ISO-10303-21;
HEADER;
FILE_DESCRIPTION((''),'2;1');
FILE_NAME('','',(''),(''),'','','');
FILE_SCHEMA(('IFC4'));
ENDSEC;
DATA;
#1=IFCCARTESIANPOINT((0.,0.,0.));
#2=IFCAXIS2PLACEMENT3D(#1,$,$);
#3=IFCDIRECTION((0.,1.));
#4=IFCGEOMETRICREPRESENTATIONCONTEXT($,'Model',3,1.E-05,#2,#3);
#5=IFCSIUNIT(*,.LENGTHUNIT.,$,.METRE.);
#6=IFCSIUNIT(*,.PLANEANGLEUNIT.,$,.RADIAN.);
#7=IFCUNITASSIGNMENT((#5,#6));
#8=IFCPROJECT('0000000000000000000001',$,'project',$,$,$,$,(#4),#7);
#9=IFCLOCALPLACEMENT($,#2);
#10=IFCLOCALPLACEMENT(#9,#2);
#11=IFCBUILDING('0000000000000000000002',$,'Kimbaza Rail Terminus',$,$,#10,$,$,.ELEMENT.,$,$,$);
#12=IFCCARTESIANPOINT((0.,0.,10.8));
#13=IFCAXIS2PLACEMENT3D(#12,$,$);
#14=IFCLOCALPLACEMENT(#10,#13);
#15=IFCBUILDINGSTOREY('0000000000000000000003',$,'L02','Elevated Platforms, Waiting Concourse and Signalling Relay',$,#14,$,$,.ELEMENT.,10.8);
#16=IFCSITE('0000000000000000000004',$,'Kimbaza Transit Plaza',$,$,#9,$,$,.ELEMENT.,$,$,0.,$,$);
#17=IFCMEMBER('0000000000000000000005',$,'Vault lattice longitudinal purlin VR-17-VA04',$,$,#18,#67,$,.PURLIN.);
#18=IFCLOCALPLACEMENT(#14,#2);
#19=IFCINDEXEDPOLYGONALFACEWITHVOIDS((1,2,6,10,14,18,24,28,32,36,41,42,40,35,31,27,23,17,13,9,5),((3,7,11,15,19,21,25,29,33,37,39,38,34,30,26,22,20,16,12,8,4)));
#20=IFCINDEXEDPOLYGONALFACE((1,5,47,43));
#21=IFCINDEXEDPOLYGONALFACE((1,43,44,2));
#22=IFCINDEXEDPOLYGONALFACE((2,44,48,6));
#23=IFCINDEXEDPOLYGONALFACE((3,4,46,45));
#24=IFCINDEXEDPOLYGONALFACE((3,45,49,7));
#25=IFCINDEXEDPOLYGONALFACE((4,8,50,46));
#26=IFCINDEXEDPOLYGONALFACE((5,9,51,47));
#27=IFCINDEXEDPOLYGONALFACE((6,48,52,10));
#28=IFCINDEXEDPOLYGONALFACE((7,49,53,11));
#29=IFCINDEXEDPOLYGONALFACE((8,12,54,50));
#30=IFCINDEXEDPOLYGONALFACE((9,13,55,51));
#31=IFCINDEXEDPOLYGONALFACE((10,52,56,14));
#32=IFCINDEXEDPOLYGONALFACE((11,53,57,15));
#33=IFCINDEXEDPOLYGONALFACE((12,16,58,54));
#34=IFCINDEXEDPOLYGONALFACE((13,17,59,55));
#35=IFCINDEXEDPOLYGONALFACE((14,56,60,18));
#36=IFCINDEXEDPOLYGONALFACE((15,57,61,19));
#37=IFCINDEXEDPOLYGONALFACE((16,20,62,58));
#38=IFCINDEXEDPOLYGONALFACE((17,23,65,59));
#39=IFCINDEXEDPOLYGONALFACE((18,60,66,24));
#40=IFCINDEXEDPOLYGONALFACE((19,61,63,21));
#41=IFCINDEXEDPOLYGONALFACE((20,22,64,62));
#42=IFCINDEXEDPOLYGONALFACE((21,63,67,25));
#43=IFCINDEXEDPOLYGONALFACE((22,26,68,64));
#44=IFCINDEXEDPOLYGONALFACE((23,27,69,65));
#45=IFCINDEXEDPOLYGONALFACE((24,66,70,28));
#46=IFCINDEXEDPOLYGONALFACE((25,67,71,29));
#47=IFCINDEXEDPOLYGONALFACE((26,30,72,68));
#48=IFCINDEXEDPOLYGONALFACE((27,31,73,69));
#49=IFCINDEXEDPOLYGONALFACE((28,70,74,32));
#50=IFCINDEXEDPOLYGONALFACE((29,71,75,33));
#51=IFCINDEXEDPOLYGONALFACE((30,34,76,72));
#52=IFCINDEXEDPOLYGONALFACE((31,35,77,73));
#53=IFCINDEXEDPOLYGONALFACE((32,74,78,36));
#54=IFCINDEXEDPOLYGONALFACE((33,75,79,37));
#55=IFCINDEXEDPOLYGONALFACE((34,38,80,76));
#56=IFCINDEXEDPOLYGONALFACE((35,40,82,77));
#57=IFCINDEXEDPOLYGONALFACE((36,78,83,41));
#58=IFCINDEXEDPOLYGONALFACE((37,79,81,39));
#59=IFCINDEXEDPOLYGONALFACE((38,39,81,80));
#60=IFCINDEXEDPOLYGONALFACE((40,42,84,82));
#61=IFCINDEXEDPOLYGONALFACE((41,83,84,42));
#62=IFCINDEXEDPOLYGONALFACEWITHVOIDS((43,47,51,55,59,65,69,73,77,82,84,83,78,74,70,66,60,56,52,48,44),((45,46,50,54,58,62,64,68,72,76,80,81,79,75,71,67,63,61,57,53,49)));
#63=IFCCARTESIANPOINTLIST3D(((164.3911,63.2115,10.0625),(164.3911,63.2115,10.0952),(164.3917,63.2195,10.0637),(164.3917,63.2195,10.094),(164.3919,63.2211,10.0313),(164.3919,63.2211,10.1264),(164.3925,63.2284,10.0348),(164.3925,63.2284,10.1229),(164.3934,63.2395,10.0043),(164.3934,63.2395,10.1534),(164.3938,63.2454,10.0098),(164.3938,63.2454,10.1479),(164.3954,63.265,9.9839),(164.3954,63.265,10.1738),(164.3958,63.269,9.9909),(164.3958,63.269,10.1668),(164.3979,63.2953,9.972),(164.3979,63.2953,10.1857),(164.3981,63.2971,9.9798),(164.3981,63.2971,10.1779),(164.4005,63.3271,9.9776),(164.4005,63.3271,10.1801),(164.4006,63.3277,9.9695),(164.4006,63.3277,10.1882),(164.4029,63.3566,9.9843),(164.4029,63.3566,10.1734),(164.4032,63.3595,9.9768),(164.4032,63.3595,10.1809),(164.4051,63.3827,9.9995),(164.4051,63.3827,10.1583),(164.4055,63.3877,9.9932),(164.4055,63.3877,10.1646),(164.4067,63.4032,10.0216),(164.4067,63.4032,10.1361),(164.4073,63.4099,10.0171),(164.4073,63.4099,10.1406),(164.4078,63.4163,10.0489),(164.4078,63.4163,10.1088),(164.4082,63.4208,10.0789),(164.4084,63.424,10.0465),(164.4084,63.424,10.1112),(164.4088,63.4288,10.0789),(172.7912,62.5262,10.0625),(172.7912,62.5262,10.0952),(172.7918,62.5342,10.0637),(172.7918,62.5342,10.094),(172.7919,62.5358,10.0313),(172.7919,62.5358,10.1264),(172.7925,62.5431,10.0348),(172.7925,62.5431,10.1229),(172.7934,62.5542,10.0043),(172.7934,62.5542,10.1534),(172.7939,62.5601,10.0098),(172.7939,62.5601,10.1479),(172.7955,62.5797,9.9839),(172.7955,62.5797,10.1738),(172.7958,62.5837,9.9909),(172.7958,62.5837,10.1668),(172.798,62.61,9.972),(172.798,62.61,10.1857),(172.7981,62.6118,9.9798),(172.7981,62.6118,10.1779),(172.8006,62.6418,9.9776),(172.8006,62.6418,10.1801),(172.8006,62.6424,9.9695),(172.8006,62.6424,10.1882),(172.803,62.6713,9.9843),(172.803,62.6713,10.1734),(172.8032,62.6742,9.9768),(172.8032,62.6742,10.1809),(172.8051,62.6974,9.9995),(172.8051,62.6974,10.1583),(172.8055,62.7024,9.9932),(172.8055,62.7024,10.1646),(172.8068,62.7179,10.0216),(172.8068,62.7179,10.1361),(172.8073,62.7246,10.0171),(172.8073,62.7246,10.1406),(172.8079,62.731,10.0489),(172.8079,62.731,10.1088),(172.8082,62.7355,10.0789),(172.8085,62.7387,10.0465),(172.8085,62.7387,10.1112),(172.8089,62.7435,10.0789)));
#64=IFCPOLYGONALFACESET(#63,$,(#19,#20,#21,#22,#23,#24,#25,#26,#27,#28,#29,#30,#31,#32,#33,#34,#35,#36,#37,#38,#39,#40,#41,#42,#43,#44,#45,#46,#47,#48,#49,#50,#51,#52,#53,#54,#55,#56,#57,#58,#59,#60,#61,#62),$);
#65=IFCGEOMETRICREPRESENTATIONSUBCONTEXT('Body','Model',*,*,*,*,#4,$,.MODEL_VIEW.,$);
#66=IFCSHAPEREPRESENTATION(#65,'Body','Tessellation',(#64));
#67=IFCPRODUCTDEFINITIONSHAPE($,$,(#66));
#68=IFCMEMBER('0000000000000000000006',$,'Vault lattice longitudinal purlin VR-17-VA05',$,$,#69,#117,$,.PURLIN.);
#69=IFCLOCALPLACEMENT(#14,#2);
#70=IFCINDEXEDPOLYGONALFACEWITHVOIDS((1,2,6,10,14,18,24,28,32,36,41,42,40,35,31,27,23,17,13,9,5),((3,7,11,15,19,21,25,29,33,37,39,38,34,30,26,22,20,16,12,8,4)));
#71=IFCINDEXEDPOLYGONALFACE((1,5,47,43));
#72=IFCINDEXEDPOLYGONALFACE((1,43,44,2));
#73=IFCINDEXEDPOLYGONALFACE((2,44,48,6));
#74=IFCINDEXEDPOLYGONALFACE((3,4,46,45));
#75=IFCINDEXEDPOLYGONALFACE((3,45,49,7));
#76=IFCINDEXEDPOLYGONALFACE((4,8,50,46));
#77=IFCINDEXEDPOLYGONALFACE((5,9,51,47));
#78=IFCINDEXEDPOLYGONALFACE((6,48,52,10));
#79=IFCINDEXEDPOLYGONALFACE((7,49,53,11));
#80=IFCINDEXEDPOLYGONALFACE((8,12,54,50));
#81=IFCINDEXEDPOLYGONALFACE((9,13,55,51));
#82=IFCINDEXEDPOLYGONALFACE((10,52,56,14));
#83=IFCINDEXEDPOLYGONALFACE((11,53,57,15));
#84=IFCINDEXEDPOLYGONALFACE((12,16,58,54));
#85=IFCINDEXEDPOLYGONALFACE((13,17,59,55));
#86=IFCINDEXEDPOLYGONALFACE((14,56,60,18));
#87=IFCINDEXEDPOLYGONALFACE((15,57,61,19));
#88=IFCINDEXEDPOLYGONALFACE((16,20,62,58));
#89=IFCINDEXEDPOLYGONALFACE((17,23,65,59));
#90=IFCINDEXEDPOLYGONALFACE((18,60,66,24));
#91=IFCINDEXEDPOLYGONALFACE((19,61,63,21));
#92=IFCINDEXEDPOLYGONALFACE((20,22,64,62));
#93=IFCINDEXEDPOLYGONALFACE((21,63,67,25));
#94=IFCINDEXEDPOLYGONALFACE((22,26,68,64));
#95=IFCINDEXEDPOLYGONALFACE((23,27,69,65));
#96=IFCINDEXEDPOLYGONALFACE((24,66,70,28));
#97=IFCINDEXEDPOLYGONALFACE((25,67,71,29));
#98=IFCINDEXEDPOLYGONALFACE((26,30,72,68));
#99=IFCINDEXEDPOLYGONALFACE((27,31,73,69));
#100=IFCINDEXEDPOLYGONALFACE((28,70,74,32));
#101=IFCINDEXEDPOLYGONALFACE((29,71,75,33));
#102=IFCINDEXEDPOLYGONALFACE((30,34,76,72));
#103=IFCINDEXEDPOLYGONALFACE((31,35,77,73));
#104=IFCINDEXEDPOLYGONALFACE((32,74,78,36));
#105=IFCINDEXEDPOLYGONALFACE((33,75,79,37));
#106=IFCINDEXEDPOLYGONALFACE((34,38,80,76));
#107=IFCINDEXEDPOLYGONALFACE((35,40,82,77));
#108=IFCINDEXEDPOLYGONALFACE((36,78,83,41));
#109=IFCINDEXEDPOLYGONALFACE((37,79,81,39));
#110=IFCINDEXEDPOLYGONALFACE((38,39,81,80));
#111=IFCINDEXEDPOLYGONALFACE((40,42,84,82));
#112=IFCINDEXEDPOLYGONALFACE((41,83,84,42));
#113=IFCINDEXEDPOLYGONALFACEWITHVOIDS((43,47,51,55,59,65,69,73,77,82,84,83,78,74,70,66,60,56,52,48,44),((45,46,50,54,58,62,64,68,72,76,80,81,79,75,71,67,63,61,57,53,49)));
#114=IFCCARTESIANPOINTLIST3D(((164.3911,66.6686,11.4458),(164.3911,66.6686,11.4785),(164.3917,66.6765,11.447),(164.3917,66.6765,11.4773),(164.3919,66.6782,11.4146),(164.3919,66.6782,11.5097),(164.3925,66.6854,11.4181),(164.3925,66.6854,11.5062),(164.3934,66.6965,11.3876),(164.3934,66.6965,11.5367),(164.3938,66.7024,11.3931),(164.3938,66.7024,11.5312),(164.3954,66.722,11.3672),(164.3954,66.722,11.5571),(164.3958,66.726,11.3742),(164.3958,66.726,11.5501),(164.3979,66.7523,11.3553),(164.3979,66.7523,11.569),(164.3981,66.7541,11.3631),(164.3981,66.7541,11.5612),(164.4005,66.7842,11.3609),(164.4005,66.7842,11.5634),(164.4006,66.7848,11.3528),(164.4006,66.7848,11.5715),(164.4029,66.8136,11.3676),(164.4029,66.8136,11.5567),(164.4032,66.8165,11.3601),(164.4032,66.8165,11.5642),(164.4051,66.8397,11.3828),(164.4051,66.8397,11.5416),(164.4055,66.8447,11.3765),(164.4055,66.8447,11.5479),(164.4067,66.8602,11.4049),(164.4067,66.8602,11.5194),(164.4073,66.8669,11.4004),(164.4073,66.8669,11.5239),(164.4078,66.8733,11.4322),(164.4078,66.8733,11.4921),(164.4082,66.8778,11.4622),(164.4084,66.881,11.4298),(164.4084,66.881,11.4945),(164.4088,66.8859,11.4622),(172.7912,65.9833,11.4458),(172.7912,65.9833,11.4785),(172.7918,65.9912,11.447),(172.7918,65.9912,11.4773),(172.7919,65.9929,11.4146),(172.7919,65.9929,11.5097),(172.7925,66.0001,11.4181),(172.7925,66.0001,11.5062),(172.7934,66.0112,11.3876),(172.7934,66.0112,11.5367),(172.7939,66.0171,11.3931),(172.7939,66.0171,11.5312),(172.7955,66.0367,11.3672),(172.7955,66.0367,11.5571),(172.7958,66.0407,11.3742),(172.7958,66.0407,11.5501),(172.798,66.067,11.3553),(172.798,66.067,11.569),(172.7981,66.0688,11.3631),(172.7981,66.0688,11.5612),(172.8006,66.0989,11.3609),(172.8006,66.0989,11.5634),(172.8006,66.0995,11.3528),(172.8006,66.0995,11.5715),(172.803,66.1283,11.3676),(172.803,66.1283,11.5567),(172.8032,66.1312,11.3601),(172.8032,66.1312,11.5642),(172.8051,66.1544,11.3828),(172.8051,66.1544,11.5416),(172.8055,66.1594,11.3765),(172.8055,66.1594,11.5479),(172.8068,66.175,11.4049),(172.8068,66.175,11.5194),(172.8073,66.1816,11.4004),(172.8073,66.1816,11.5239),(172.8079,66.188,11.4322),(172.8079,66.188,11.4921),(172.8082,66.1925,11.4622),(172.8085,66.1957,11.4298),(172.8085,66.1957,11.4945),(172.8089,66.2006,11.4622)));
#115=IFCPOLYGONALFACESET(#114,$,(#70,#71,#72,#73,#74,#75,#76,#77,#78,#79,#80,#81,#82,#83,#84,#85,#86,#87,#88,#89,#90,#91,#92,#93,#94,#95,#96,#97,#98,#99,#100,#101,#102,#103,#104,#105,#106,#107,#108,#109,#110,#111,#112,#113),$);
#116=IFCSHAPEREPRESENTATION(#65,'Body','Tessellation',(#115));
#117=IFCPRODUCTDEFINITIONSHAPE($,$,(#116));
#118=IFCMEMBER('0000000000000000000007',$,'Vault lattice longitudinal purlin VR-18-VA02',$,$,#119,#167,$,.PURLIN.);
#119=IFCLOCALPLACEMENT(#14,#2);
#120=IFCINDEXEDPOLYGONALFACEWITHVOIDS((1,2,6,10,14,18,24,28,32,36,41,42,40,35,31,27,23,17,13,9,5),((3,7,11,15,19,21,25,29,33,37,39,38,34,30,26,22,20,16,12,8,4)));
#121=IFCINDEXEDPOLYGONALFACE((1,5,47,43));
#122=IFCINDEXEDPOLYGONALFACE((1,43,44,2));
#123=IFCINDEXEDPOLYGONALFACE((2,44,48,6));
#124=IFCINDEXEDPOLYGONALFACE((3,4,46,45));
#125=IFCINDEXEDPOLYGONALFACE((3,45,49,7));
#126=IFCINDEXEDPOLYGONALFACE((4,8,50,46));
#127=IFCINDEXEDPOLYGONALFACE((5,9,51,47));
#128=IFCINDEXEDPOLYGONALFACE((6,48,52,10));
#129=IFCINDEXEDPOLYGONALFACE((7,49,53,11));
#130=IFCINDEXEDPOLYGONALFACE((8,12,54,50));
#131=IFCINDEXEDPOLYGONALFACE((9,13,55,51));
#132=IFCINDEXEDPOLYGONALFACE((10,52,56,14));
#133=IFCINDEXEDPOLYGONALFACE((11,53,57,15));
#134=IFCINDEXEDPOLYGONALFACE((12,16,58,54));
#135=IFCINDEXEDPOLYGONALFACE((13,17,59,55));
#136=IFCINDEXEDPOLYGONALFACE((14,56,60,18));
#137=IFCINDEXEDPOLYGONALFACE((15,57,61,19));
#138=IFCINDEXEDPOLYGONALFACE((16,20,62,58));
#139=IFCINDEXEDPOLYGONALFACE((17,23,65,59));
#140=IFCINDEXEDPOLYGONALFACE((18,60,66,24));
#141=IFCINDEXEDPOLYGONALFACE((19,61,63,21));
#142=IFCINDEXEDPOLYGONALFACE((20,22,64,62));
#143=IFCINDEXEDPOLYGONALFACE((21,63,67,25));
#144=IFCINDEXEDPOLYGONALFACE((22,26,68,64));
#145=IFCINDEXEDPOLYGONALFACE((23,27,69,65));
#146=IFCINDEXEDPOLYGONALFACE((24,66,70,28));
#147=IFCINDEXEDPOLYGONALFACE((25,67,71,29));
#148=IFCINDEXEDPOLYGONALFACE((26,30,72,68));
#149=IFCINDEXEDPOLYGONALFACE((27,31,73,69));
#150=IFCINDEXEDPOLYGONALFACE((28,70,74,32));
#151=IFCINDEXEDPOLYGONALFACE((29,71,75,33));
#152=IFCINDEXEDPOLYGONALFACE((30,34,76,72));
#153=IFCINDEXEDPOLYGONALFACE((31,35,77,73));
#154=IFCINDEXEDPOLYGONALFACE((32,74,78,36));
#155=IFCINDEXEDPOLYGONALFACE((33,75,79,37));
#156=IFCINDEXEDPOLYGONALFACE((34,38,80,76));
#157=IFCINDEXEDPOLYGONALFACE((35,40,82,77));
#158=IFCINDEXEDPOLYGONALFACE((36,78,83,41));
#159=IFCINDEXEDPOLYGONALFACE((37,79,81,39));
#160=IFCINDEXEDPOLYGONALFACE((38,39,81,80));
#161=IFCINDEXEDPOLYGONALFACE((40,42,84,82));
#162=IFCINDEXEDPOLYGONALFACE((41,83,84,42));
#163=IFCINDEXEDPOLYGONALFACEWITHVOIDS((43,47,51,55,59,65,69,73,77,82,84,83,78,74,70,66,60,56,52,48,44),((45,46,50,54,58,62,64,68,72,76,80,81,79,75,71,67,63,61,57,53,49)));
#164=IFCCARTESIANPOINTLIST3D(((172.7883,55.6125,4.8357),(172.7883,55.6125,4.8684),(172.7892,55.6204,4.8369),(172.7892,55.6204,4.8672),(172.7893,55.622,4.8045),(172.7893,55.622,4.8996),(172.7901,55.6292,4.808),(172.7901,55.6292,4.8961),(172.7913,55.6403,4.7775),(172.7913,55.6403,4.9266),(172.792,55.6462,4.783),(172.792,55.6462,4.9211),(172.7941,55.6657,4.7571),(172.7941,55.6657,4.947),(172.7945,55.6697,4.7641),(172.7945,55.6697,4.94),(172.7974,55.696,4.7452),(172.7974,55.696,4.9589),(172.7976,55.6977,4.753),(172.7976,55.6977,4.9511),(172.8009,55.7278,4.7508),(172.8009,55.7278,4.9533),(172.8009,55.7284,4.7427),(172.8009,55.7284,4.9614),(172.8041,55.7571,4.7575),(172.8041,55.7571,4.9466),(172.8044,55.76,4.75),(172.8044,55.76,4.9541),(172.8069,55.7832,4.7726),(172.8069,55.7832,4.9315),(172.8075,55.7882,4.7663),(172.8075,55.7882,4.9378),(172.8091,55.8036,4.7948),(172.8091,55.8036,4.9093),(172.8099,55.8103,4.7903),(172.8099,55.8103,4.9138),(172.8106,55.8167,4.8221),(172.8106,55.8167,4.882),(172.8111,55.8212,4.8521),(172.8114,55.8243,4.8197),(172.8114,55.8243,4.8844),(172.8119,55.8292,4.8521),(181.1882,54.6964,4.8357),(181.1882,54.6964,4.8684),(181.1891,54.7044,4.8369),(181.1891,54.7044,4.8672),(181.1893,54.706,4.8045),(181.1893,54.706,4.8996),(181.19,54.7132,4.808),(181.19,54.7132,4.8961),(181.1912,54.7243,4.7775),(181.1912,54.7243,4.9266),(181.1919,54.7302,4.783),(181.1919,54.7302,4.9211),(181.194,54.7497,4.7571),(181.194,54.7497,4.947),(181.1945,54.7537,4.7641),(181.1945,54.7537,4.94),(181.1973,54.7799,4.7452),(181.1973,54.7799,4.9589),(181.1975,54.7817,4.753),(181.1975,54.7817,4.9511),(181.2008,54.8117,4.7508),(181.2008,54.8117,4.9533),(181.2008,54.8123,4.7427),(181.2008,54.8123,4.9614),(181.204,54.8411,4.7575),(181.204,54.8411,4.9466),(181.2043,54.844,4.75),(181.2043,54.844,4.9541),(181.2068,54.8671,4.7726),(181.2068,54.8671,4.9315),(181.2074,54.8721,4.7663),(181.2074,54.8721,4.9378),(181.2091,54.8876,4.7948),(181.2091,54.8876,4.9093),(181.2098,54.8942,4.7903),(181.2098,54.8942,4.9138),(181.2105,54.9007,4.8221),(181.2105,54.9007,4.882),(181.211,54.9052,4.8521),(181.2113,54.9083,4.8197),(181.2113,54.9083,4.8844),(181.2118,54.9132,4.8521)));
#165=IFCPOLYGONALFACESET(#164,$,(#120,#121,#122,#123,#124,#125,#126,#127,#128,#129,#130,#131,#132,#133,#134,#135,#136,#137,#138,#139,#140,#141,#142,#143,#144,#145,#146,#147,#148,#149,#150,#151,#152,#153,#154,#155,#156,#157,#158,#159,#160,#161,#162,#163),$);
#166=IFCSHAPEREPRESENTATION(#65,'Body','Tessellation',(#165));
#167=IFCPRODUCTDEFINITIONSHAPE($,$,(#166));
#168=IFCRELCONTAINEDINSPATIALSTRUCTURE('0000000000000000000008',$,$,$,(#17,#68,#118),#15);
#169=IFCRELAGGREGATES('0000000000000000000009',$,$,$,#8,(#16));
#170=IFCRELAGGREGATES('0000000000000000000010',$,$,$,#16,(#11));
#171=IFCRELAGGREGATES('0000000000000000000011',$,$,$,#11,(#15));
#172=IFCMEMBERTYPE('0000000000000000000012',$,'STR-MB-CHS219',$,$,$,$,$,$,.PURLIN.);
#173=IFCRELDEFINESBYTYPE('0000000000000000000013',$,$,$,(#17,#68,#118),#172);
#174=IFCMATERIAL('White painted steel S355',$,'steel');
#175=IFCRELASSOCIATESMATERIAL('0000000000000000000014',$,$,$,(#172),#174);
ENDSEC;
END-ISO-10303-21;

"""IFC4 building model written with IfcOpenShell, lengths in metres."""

from ifc_helpers import new_model, si_unit, direction, frame, origin, origin_2d, place, context, subcontext, project, spatial, hollow_circle, extrude, material, material_profile, profile_set, type_object, element, save


model = new_model("IFC4")

# Units and contexts
model_context = context("Model", 3, precision=1e-05, world=origin(), true_north=direction((0.0, 1.0)))
body_context = subcontext(model_context, "Body", "Model", "MODEL_VIEW")
ifc_project = project(units=[si_unit("LENGTHUNIT", "METRE"), si_unit("PLANEANGLEUNIT", "RADIAN")], contexts=[model_context])

# Site, building, storey
site_placement = place(None, origin())
site = spatial("IfcSite", under=ifc_project, at=site_placement, Name="Kimbaza Transit Plaza", CompositionType="ELEMENT", RefElevation=0.0)
building_placement = place(site_placement, origin())
building = spatial("IfcBuilding", under=site, at=building_placement, Name="Kimbaza Rail Terminus", CompositionType="ELEMENT")
storey_placement = place(building_placement, frame((0.0, 0.0, 10.8)))
storey = spatial("IfcBuildingStorey", under=building, at=storey_placement, Name="L02", Description="Elevated Platforms, Waiting Concourse and Signalling Relay", CompositionType="ELEMENT", Elevation=10.8)

# Members
ifc_material_1 = material(Name="White painted steel S355", Category="steel")
ifc_material_profile_1 = material_profile(ifc_material_1, hollow_circle(Radius=0.1096, WallThickness=0.0081, at=origin_2d()), Name="CHS 219.1x8")
ifc_profile_set_1 = profile_set([ifc_material_profile_1], Name="White painted steel S355")
member_type_1 = type_object("IfcMemberType", Name="STR-MB-CHS219", PredefinedType="PURLIN", material=ifc_profile_set_1)
for number, where, z_axis, x_axis, name in (
    (1, (164.3999, 63.3196, 10.0789), (0.996689, -0.081312, 0.0), (0.081312, 0.996689, 0.0), "Vault lattice longitudinal purlin VR-17-VA04"),
    (2, (164.3999, 66.7766, 11.4622), (0.996689, -0.081312, 0.0), (0.081312, 0.996689, 0.0), "Vault lattice longitudinal purlin VR-17-VA05"),
):
    element("IfcMember", number, at=place(storey_placement, frame(where, z_axis=z_axis, x_axis=x_axis)), inside=storey, type_object=member_type_1, Name=name, PredefinedType="PURLIN", context=body_context, shape_type="SweptSolid", body=[
        extrude(hollow_circle(Radius=0.1096, WallThickness=0.0081, at=origin_2d()), origin(), (0.0, 0.0, 1.0), 8.428),
    ])
member_1_placement = place(storey_placement, frame((172.8, 55.7202, 4.8521), z_axis=(0.994106, -0.108408, 0.0), x_axis=(0.108408, 0.994106, 0.0)))
element("IfcMember", 3, at=member_1_placement, inside=storey, type_object=member_type_1, Name="Vault lattice longitudinal purlin VR-18-VA02", PredefinedType="PURLIN", context=body_context, shape_type="SweptSolid", body=[
    extrude(hollow_circle(Radius=0.1096, WallThickness=0.0081, at=origin_2d()), origin(), (0.0, 0.0, 1.0), 8.4497),
])

save(model, "model.ifc")
